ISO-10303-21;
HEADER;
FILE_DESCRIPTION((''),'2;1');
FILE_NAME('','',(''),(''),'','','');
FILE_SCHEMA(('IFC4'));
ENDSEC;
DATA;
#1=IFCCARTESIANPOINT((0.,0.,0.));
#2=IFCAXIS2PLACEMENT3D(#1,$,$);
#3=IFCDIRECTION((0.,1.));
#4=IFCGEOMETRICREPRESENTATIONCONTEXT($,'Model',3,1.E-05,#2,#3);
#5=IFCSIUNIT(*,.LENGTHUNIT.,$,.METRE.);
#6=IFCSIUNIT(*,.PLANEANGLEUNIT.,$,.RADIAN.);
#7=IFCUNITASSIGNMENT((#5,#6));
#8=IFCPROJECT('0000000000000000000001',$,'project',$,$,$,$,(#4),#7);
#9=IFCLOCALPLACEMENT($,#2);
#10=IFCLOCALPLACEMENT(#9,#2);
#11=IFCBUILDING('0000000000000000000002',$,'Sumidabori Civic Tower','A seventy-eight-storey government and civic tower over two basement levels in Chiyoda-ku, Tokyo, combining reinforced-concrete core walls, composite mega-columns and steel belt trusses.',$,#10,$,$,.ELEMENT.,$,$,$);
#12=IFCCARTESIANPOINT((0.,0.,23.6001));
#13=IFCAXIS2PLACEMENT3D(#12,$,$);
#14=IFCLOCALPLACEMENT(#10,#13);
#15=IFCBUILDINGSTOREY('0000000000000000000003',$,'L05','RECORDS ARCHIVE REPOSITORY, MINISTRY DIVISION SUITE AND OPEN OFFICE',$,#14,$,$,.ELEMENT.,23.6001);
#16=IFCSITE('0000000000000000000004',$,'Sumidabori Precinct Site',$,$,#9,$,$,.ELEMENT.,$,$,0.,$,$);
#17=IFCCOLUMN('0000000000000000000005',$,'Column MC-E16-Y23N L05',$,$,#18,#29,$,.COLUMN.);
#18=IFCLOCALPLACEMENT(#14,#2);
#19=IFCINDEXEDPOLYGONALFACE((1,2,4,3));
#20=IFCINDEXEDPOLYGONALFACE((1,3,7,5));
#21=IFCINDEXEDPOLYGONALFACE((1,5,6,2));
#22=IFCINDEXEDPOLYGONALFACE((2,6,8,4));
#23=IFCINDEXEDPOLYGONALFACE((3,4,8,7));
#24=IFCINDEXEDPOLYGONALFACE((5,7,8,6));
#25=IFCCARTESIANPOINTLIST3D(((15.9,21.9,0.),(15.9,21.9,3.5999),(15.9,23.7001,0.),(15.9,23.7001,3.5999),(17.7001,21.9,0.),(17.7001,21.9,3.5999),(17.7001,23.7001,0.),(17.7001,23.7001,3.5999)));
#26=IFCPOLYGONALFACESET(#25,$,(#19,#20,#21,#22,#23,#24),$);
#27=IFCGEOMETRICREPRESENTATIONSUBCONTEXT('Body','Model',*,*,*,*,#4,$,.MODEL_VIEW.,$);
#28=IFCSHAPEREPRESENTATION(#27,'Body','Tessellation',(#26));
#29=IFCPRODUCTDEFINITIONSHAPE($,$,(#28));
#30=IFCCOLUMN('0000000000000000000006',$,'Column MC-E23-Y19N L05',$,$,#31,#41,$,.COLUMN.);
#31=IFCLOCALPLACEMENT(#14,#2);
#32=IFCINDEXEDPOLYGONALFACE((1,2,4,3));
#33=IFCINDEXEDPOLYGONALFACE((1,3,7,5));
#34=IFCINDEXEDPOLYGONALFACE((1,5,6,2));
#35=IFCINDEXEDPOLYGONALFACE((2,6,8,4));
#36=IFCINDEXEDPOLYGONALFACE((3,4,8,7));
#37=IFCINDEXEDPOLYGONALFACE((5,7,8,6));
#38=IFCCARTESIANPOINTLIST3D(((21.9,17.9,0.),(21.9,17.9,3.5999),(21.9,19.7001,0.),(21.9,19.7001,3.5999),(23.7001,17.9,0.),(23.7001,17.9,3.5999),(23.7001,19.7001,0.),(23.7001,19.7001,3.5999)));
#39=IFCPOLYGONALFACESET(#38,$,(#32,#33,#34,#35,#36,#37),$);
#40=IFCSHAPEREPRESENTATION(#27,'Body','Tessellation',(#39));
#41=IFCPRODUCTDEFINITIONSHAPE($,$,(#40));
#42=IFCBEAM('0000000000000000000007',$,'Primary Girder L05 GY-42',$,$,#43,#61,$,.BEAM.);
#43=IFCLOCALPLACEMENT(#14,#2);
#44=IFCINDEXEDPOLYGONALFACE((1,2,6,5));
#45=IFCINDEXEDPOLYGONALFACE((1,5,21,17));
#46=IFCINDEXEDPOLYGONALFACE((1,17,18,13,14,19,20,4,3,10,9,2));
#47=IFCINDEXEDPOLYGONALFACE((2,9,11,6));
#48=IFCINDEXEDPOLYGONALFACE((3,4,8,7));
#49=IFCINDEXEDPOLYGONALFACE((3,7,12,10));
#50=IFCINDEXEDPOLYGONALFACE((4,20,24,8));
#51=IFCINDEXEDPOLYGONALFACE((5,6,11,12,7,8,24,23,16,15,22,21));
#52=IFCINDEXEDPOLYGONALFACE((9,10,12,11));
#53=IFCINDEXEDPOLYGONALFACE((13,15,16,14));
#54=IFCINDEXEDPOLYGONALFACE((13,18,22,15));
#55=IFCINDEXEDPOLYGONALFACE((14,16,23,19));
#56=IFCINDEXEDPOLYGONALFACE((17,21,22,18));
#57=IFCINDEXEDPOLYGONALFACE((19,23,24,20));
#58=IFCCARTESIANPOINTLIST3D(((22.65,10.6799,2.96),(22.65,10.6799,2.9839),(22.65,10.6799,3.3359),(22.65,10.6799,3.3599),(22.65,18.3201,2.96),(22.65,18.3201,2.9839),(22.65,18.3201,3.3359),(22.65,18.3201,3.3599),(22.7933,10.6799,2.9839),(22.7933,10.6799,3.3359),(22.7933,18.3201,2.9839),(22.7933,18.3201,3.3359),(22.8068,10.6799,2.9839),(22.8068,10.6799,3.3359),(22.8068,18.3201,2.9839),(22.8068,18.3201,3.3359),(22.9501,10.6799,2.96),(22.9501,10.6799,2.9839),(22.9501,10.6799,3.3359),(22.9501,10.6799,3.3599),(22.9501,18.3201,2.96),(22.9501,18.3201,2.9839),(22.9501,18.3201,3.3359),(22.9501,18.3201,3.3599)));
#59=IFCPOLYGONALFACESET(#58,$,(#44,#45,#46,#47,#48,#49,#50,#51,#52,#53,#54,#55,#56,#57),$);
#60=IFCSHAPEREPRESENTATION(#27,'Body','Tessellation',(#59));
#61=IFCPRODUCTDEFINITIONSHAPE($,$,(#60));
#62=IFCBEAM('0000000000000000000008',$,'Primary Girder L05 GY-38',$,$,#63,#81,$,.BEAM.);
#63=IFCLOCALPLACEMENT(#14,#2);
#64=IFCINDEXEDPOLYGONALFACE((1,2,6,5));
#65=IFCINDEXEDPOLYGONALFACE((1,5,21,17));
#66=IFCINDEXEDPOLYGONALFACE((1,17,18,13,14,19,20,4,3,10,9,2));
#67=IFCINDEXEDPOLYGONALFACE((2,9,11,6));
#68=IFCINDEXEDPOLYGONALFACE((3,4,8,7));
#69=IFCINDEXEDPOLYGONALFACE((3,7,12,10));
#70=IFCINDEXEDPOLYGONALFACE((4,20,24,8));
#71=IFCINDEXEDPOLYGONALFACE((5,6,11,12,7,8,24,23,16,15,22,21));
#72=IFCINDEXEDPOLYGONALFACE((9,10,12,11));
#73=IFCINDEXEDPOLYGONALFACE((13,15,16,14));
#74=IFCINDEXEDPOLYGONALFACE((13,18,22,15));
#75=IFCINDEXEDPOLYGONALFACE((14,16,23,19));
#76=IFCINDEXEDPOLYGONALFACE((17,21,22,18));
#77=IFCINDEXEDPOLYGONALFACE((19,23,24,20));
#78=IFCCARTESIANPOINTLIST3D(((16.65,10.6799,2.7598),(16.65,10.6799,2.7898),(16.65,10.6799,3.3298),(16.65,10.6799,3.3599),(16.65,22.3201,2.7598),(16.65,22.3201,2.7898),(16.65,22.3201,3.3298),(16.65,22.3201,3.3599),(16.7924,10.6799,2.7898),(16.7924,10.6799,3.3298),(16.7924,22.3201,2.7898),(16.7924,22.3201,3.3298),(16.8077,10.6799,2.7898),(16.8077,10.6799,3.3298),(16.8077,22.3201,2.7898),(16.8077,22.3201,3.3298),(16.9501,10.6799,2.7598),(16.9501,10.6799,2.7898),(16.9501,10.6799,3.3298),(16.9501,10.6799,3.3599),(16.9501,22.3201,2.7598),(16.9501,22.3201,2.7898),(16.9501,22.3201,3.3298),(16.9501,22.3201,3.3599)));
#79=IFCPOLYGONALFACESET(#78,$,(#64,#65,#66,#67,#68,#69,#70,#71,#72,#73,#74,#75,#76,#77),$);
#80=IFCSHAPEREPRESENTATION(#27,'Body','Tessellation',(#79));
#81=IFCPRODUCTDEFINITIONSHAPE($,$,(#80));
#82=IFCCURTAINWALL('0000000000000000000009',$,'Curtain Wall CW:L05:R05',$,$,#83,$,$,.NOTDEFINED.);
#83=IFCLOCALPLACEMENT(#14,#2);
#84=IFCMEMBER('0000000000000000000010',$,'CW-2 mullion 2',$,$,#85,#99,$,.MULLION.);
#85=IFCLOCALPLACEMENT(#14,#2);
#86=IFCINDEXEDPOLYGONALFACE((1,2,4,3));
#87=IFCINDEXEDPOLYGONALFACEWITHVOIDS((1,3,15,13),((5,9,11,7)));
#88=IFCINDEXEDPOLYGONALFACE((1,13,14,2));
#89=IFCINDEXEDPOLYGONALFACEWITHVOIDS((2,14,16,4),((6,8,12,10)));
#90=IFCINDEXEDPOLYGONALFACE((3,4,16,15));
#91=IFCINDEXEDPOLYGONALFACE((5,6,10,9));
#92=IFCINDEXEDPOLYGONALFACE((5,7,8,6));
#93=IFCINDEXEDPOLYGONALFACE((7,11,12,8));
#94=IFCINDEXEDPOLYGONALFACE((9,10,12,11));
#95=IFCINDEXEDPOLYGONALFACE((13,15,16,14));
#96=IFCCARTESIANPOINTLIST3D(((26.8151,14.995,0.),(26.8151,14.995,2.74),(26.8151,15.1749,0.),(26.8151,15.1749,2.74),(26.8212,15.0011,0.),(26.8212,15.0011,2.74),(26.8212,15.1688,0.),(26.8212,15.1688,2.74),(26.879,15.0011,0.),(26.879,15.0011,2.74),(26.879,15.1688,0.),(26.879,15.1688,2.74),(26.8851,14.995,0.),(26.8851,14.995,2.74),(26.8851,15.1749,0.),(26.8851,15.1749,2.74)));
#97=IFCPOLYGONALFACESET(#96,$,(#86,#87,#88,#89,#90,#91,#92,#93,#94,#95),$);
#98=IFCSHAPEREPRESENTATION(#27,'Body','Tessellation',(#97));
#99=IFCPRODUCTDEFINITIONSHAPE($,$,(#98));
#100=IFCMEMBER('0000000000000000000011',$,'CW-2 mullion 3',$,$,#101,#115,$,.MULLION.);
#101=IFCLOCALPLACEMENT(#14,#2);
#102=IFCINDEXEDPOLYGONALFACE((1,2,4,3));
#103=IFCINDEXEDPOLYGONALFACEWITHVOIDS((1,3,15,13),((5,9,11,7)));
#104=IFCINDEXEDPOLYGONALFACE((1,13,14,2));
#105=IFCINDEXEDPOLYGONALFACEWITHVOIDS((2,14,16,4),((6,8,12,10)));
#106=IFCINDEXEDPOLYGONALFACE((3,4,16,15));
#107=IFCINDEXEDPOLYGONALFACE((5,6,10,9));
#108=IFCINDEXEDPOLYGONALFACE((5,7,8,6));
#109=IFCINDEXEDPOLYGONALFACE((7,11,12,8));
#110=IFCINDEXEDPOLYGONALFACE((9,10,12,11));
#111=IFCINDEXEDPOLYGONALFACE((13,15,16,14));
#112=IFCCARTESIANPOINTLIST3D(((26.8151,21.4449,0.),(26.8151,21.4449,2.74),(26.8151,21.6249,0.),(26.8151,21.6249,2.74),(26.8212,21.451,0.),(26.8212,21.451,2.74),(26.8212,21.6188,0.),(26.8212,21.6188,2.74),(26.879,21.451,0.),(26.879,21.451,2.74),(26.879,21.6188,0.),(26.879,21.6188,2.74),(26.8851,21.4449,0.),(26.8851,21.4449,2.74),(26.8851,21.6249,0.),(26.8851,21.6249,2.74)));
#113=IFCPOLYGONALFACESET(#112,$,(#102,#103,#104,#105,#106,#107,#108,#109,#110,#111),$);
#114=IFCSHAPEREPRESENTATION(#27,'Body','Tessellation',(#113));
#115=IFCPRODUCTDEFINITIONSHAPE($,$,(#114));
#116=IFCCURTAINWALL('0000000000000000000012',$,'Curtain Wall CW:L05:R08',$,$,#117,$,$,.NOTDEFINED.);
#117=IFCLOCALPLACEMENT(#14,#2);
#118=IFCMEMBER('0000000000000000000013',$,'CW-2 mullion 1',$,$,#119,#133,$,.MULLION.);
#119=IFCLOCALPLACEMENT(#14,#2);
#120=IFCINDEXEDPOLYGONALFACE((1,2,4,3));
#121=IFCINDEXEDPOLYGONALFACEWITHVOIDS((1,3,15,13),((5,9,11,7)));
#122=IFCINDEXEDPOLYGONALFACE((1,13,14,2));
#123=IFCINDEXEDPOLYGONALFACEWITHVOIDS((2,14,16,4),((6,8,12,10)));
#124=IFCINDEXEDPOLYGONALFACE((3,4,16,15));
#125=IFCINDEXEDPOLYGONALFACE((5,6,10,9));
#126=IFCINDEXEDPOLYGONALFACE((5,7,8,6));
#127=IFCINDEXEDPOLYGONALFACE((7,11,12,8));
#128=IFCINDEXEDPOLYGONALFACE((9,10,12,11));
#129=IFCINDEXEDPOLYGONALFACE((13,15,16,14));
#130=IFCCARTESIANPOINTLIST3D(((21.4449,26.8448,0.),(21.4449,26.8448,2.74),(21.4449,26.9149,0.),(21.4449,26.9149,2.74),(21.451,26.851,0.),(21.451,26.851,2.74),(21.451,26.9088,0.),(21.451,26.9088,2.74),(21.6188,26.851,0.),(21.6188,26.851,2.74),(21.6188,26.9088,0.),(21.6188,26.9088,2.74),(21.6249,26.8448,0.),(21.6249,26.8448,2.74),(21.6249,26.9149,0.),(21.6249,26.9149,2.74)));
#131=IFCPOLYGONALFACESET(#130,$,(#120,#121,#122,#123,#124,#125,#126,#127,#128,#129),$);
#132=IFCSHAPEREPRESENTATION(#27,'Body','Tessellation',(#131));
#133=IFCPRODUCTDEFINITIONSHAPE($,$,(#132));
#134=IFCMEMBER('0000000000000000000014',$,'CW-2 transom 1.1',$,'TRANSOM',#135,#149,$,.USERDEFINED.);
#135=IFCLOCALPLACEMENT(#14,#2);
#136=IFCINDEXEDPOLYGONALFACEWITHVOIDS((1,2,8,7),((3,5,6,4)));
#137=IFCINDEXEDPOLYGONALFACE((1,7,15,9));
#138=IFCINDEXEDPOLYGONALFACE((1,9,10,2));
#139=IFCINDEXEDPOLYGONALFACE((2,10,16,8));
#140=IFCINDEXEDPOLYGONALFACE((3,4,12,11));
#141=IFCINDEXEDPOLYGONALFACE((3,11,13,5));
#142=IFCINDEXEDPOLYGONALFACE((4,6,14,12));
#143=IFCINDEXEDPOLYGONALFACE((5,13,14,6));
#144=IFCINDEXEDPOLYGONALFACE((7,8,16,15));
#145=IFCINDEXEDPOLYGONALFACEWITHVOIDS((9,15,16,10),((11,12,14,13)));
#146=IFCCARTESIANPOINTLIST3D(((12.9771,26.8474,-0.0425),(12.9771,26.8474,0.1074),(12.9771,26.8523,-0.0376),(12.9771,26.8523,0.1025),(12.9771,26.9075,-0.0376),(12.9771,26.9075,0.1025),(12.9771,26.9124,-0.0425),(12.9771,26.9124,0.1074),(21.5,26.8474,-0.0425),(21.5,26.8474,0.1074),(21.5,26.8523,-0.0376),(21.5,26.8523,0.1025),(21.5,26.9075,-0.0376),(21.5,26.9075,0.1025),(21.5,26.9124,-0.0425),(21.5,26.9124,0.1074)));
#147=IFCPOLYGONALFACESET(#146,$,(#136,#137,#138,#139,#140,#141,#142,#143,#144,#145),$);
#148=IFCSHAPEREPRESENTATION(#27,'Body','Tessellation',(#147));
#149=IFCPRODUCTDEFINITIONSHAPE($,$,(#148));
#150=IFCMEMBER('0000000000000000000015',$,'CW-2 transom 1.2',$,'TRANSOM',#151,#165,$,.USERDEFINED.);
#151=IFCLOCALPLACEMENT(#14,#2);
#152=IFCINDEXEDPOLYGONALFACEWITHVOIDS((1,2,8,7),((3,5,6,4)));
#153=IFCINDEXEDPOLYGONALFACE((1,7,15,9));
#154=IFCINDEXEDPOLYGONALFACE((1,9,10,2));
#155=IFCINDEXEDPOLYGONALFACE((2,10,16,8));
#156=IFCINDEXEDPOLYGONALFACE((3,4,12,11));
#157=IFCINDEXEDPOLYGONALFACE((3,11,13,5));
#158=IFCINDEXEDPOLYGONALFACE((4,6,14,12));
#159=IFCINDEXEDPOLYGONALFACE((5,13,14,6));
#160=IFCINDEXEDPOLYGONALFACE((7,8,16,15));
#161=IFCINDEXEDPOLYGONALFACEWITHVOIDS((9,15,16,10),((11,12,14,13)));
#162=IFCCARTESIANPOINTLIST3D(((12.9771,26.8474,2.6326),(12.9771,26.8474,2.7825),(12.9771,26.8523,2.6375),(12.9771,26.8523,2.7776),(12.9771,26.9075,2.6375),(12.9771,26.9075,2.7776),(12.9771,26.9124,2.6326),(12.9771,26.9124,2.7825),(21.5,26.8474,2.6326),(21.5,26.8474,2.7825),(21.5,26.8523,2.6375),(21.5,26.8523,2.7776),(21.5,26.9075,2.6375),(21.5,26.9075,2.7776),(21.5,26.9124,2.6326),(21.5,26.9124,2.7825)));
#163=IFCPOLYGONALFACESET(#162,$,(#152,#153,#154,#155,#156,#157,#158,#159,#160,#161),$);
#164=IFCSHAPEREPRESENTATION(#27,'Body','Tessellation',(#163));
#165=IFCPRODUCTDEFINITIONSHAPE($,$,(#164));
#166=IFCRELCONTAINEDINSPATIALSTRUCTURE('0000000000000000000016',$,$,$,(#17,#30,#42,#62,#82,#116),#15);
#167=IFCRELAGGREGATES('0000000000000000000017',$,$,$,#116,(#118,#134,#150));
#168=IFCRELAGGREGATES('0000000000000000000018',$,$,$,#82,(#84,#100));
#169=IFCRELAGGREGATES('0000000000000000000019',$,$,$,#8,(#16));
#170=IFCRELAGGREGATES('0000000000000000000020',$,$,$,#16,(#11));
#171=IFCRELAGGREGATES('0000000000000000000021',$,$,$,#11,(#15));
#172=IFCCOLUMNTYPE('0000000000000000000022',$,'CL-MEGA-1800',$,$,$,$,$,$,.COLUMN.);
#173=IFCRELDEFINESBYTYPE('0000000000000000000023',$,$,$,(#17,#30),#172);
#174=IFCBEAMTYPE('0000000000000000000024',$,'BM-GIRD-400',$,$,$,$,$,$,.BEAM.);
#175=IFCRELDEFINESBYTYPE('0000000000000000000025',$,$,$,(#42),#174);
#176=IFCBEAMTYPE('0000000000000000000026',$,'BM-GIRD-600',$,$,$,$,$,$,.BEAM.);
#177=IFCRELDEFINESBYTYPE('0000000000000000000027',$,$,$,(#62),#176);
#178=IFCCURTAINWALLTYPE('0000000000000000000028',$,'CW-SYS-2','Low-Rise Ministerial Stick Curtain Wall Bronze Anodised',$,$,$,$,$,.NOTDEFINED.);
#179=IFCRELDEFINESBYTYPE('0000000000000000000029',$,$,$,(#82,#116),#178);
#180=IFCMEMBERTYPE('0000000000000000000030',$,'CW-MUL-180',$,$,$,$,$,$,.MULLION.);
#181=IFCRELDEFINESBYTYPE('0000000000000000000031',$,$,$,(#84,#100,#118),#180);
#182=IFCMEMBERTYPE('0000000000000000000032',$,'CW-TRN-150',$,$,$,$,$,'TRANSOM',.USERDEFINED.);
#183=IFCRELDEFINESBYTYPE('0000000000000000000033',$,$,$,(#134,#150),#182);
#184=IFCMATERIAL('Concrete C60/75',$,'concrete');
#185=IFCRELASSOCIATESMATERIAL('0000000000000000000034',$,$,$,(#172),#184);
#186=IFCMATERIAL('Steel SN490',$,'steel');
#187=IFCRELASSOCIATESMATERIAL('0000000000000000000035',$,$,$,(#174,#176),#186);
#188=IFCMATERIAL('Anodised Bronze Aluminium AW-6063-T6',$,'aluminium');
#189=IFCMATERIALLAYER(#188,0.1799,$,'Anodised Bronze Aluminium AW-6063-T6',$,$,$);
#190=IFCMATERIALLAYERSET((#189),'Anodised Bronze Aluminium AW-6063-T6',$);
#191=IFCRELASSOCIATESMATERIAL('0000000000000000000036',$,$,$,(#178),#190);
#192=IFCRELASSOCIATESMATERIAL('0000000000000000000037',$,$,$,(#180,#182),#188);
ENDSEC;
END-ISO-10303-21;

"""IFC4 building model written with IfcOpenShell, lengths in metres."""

from ifc_helpers import new_model, si_unit, direction, frame, origin, origin_2d, place, context, subcontext, project, spatial, rectangle, hollow_rectangle, i_section, extrude, source, transform, mapped, material, layer, layer_set, material_profile, profile_set, type_object, element, aggregate, save


model = new_model("IFC4")

# Units and contexts
model_context = context("Model", 3, precision=1e-05, world=origin(), true_north=direction((0.0, 1.0)))
body_context = subcontext(model_context, "Body", "Model", "MODEL_VIEW")
ifc_project = project(units=[si_unit("LENGTHUNIT", "METRE"), si_unit("PLANEANGLEUNIT", "RADIAN")], contexts=[model_context])

# Site, building, storey
site_placement = place(None, origin())
site = spatial("IfcSite", under=ifc_project, at=site_placement, Name="Sumidabori Precinct Site", CompositionType="ELEMENT", RefElevation=0.0)
building_placement = place(site_placement, origin())
building = spatial("IfcBuilding", under=site, at=building_placement, Name="Sumidabori Civic Tower", Description="A seventy-eight-storey government and civic tower over two basement levels in Chiyoda-ku, Tokyo, combining reinforced-concrete core walls, composite mega-columns and steel belt trusses.", CompositionType="ELEMENT")
storey_placement = place(building_placement, frame((0.0, 0.0, 23.6001)))
storey = spatial("IfcBuildingStorey", under=building, at=storey_placement, Name="L05", Description="RECORDS ARCHIVE REPOSITORY, MINISTRY DIVISION SUITE AND OPEN OFFICE", CompositionType="ELEMENT", Elevation=23.6001)

# Columns
ifc_material_1 = material(Name="Concrete C60/75", Category="concrete")
ifc_material_profile_1 = material_profile(ifc_material_1, rectangle(XDim=1.8, YDim=1.8, at=origin_2d()), Name="RC 1800x1800")
ifc_profile_set_1 = profile_set([ifc_material_profile_1], Name="Concrete C60/75")
column_type = type_object("IfcColumnType", Name="CL-MEGA-1800", PredefinedType="COLUMN", material=ifc_profile_set_1)
shared_shape_1 = source(origin(), body_context, "Body", "SweptSolid", [
    extrude(rectangle(XDim=1.8, YDim=1.8, at=origin_2d()), origin(), (0.0, 0.0, 1.0), 3.5999),
])
for number, where, z_axis, x_axis, name in (
    (1, (16.8, 22.8, 0.0), (0.0, 0.0, 1.0), (1.0, 0.0, 0.0), "Column MC-E16-Y23N L05"),
    (2, (22.8, 18.8, 0.0), (0.0, 0.0, 1.0), (1.0, 0.0, 0.0), "Column MC-E23-Y19N L05"),
):
    element("IfcColumn", number, at=place(storey_placement, frame(where, z_axis=z_axis, x_axis=x_axis)), inside=storey, type_object=column_type, Name=name, PredefinedType="COLUMN", context=body_context, shape_type="MappedRepresentation", body=[
        mapped(shared_shape_1, transform((0.0, 0.0, 0.0), x_axis=(1.0, 0.0, 0.0), y_axis=(0.0, 1.0, 0.0), z_axis=(0.0, 0.0, 1.0), scale=1.0)),
    ])

# Beams
ifc_material_2 = material(Name="Steel SN490", Category="steel")
ifc_material_profile_2 = material_profile(ifc_material_2, i_section(OverallWidth=0.3, OverallDepth=0.3999, WebThickness=0.0134, FlangeThickness=0.0239, at=origin_2d()), Name="HE 400 B")
ifc_profile_set_2 = profile_set([ifc_material_profile_2], Name="Steel SN490")
beam_type_1 = type_object("IfcBeamType", Name="BM-GIRD-400", PredefinedType="BEAM", material=ifc_profile_set_2)
shared_shape_2 = source(origin(), body_context, "Body", "SweptSolid", [
    extrude(i_section(OverallWidth=0.3, OverallDepth=0.3999, WebThickness=0.0134, FlangeThickness=0.0239, at=origin_2d()), origin(), (0.0, 0.0, 1.0), 7.6401),
])
beam_1_placement = place(storey_placement, frame((22.8, 10.6799, 3.1599), z_axis=(0.0, 1.0, 0.0), x_axis=(-1.0, 0.0, 0.0)))
element("IfcBeam", 3, at=beam_1_placement, inside=storey, type_object=beam_type_1, Name="Primary Girder L05 GY-42", PredefinedType="BEAM", context=body_context, shape_type="MappedRepresentation", body=[
    mapped(shared_shape_2, transform((0.0, 0.0, 0.0), x_axis=(1.0, 0.0, 0.0), y_axis=(0.0, 1.0, 0.0), z_axis=(0.0, 0.0, 1.0), scale=1.0)),
])
ifc_material_profile_3 = material_profile(ifc_material_2, i_section(OverallWidth=0.3, OverallDepth=0.6001, WebThickness=0.0154, FlangeThickness=0.03, at=origin_2d()), Name="HE 600 B")
ifc_profile_set_3 = profile_set([ifc_material_profile_3], Name="Steel SN490")
beam_type_2 = type_object("IfcBeamType", Name="BM-GIRD-600", PredefinedType="BEAM", material=ifc_profile_set_3)
shared_shape_3 = source(origin(), body_context, "Body", "SweptSolid", [
    extrude(i_section(OverallWidth=0.3, OverallDepth=0.6001, WebThickness=0.0154, FlangeThickness=0.03, at=origin_2d()), origin(), (0.0, 0.0, 1.0), 11.6401),
])
beam_2_placement = place(storey_placement, frame((16.8, 10.6799, 3.0598), z_axis=(0.0, 1.0, 0.0), x_axis=(-1.0, 0.0, 0.0)))
element("IfcBeam", 4, at=beam_2_placement, inside=storey, type_object=beam_type_2, Name="Primary Girder L05 GY-38", PredefinedType="BEAM", context=body_context, shape_type="MappedRepresentation", body=[
    mapped(shared_shape_3, transform((0.0, 0.0, 0.0), x_axis=(1.0, 0.0, 0.0), y_axis=(0.0, 1.0, 0.0), z_axis=(0.0, 0.0, 1.0), scale=1.0)),
])

# Curtain walls, members
ifc_material_3 = material(Name="Anodised Bronze Aluminium AW-6063-T6", Category="aluminium")
ifc_layer_1 = layer(ifc_material_3, 0.1799, Name="Anodised Bronze Aluminium AW-6063-T6")
ifc_layer_set_1 = layer_set([ifc_layer_1], Name="Anodised Bronze Aluminium AW-6063-T6")
curtain_wall_type = type_object("IfcCurtainWallType", Name="CW-SYS-2", Description="Low-Rise Ministerial Stick Curtain Wall Bronze Anodised", PredefinedType="NOTDEFINED", material=ifc_layer_set_1)
curtain_wall_1_placement = place(storey_placement, origin())
curtain_wall_1 = element("IfcCurtainWall", 5, at=curtain_wall_1_placement, inside=storey, type_object=curtain_wall_type, Name="Curtain Wall CW:L05:R05", PredefinedType="NOTDEFINED")
ifc_material_profile_4 = material_profile(ifc_material_3, hollow_rectangle(XDim=0.0701, YDim=0.1799, WallThickness=0.0061, at=origin_2d()), Name="ALU MULLION 180x70")
ifc_profile_set_4 = profile_set([ifc_material_profile_4], Name="Anodised Bronze Aluminium AW-6063-T6")
member_type_1 = type_object("IfcMemberType", Name="CW-MUL-180", PredefinedType="MULLION", material=ifc_profile_set_4)
shared_shape_4 = source(origin(), body_context, "Body", "SweptSolid", [
    extrude(hollow_rectangle(XDim=0.0701, YDim=0.1799, WallThickness=0.0061, at=origin_2d()), origin(), (0.0, 0.0, 1.0), 2.74),
])
member_1_placement = place(storey_placement, frame((26.8501, 15.085, 0.0), z_axis=(0.0, 0.0, 1.0), x_axis=(-1.0, 0.0, 0.0)))
member_1 = element("IfcMember", 6, at=member_1_placement, type_object=member_type_1, Name="CW-2 mullion 2", PredefinedType="MULLION", context=body_context, shape_type="MappedRepresentation", body=[
    mapped(shared_shape_4, transform((0.0, 0.0, 0.0), x_axis=(1.0, 0.0, 0.0), y_axis=(0.0, 1.0, 0.0), z_axis=(0.0, 0.0, 1.0), scale=1.0)),
])
member_2_placement = place(storey_placement, frame((26.8501, 21.5349, 0.0), z_axis=(0.0, 0.0, 1.0), x_axis=(-1.0, 0.0, 0.0)))
member_2 = element("IfcMember", 7, at=member_2_placement, type_object=member_type_1, Name="CW-2 mullion 3", PredefinedType="MULLION", context=body_context, shape_type="MappedRepresentation", body=[
    mapped(shared_shape_4, transform((0.0, 0.0, 0.0), x_axis=(1.0, 0.0, 0.0), y_axis=(0.0, 1.0, 0.0), z_axis=(0.0, 0.0, 1.0), scale=1.0)),
])
curtain_wall_2_placement = place(storey_placement, origin())
curtain_wall_2 = element("IfcCurtainWall", 8, at=curtain_wall_2_placement, inside=storey, type_object=curtain_wall_type, Name="Curtain Wall CW:L05:R08", PredefinedType="NOTDEFINED")
member_3_placement = place(storey_placement, frame((21.5349, 26.8799, 0.0), z_axis=(0.0, 0.0, 1.0), x_axis=(0.0, -1.0, 0.0)))
member_3 = element("IfcMember", 9, at=member_3_placement, type_object=member_type_1, Name="CW-2 mullion 1", PredefinedType="MULLION", context=body_context, shape_type="MappedRepresentation", body=[
    mapped(shared_shape_4, transform((0.0, 0.0, 0.0), x_axis=(1.0, 0.0, 0.0), y_axis=(0.0, 1.0, 0.0), z_axis=(0.0, 0.0, 1.0), scale=1.0)),
])
ifc_material_profile_5 = material_profile(ifc_material_3, hollow_rectangle(XDim=0.0649, YDim=0.1499, WallThickness=0.0049, at=origin_2d()), Name="ALU TRANSOM 150x65")
ifc_profile_set_5 = profile_set([ifc_material_profile_5], Name="Anodised Bronze Aluminium AW-6063-T6")
member_type_2 = type_object("IfcMemberType", Name="CW-TRN-150", ElementType="TRANSOM", PredefinedType="USERDEFINED", material=ifc_profile_set_5)
shared_shape_5 = source(origin(), body_context, "Body", "SweptSolid", [
    extrude(hollow_rectangle(XDim=0.0649, YDim=0.1499, WallThickness=0.0049, at=origin_2d()), origin(), (0.0, 0.0, 1.0), 8.5229),
])
member_4_placement = place(storey_placement, frame((21.5, 26.8799, 0.0325), z_axis=(-1.0, 0.0, 0.0), x_axis=(0.0, -1.0, 0.0)))
member_4 = element("IfcMember", 10, at=member_4_placement, type_object=member_type_2, Name="CW-2 transom 1.1", ObjectType="TRANSOM", PredefinedType="USERDEFINED", context=body_context, shape_type="MappedRepresentation", body=[
    mapped(shared_shape_5, transform((0.0, 0.0, 0.0), x_axis=(1.0, 0.0, 0.0), y_axis=(0.0, 1.0, 0.0), z_axis=(0.0, 0.0, 1.0), scale=1.0)),
])
member_5_placement = place(storey_placement, frame((21.5, 26.8799, 2.7075), z_axis=(-1.0, 0.0, 0.0), x_axis=(0.0, -1.0, 0.0)))
member_5 = element("IfcMember", 11, at=member_5_placement, type_object=member_type_2, Name="CW-2 transom 1.2", ObjectType="TRANSOM", PredefinedType="USERDEFINED", context=body_context, shape_type="MappedRepresentation", body=[
    mapped(shared_shape_5, transform((0.0, 0.0, 0.0), x_axis=(1.0, 0.0, 0.0), y_axis=(0.0, 1.0, 0.0), z_axis=(0.0, 0.0, 1.0), scale=1.0)),
])

aggregate(curtain_wall_2, [member_3, member_4, member_5])
aggregate(curtain_wall_1, [member_1, member_2])

save(model, "model.ifc")
